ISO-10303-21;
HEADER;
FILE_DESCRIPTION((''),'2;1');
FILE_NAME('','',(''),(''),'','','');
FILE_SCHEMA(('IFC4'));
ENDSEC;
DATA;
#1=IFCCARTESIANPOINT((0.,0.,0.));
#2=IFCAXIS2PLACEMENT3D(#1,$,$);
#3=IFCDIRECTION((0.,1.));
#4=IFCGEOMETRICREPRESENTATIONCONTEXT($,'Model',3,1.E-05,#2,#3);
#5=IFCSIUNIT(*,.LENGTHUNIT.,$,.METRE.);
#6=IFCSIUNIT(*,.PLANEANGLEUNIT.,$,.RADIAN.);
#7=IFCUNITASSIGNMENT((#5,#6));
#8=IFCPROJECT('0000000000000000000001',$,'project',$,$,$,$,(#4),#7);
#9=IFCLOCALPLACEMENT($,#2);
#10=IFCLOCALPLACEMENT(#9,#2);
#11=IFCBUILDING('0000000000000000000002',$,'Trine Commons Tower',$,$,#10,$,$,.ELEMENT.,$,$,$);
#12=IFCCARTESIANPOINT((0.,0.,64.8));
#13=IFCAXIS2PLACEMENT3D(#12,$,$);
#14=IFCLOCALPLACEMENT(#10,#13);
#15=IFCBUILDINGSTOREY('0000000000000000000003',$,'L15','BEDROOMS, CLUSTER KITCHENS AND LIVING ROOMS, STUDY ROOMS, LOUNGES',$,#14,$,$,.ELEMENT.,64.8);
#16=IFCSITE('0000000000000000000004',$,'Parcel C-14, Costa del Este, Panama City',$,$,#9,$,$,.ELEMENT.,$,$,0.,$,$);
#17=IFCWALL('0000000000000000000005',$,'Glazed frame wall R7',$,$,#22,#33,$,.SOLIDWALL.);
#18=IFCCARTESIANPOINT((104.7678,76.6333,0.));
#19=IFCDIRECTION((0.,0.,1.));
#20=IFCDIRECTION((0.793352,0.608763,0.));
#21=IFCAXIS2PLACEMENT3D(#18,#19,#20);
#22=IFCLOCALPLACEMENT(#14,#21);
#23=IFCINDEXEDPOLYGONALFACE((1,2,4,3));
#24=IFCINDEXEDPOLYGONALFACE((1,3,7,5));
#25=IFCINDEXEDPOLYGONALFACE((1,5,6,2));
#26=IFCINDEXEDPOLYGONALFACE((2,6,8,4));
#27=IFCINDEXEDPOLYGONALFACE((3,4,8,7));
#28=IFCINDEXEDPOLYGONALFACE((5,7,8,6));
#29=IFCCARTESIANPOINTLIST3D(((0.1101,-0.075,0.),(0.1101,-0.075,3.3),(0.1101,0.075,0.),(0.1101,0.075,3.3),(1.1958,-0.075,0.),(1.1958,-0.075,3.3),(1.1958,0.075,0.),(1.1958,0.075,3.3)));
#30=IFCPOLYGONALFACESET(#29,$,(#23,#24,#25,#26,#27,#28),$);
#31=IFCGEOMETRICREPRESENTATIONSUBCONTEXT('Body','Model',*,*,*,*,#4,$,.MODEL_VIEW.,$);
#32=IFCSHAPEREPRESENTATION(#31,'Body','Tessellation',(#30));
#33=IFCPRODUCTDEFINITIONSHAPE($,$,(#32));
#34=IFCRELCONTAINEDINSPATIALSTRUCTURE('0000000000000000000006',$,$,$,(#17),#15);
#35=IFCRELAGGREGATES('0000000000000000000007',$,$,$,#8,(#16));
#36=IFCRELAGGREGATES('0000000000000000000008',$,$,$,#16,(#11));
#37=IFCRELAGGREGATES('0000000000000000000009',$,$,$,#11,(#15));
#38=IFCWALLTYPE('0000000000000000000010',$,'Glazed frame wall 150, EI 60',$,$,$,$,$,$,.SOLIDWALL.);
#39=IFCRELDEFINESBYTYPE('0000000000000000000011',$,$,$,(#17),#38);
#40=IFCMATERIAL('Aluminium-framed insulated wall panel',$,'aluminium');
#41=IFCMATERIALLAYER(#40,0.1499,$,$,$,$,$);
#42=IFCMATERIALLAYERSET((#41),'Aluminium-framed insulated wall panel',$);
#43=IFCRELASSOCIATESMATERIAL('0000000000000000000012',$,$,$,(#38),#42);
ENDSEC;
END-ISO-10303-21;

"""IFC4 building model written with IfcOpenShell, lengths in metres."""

from ifc_helpers import new_model, si_unit, direction, frame, origin, place, context, subcontext, project, spatial, polyline, outline, extrude, material, layer, layer_set, type_object, element, save


model = new_model("IFC4")

# Units and contexts
model_context = context("Model", 3, precision=1e-05, world=origin(), true_north=direction((0.0, 1.0)))
body_context = subcontext(model_context, "Body", "Model", "MODEL_VIEW")
ifc_project = project(units=[si_unit("LENGTHUNIT", "METRE"), si_unit("PLANEANGLEUNIT", "RADIAN")], contexts=[model_context])

# Site, building, storey
site_placement = place(None, origin())
site = spatial("IfcSite", under=ifc_project, at=site_placement, Name="Parcel C-14, Costa del Este, Panama City", CompositionType="ELEMENT", RefElevation=0.0)
building_placement = place(site_placement, origin())
building = spatial("IfcBuilding", under=site, at=building_placement, Name="Trine Commons Tower", CompositionType="ELEMENT")
storey_placement = place(building_placement, frame((0.0, 0.0, 64.8)))
storey = spatial("IfcBuildingStorey", under=building, at=storey_placement, Name="L15", Description="BEDROOMS, CLUSTER KITCHENS AND LIVING ROOMS, STUDY ROOMS, LOUNGES", CompositionType="ELEMENT", Elevation=64.8)

# Wall
ifc_material_1 = material(Name="Aluminium-framed insulated wall panel", Category="aluminium")
ifc_layer_1 = layer(ifc_material_1, 0.1499)
ifc_layer_set_1 = layer_set([ifc_layer_1], Name="Aluminium-framed insulated wall panel")
wall_type_1 = type_object("IfcWallType", Name="Glazed frame wall 150, EI 60", PredefinedType="SOLIDWALL", material=ifc_layer_set_1)
wall_1_placement = place(storey_placement, frame((104.7678, 76.6333, 0.0), z_axis=(0.0, 0.0, 1.0), x_axis=(0.793352, 0.608763, 0.0)))
element("IfcWall", 1, at=wall_1_placement, inside=storey, type_object=wall_type_1, Name="Glazed frame wall R7", PredefinedType="SOLIDWALL", context=body_context, shape_type="SweptSolid", body=[
    extrude(outline(polyline([(0.1101, 0.075), (0.1101, -0.075), (1.1958, -0.075), (1.1958, 0.075), (0.1101, 0.075)])), origin(), (0.0, 0.0, 1.0), 3.3),
])

save(model, "model.ifc")
